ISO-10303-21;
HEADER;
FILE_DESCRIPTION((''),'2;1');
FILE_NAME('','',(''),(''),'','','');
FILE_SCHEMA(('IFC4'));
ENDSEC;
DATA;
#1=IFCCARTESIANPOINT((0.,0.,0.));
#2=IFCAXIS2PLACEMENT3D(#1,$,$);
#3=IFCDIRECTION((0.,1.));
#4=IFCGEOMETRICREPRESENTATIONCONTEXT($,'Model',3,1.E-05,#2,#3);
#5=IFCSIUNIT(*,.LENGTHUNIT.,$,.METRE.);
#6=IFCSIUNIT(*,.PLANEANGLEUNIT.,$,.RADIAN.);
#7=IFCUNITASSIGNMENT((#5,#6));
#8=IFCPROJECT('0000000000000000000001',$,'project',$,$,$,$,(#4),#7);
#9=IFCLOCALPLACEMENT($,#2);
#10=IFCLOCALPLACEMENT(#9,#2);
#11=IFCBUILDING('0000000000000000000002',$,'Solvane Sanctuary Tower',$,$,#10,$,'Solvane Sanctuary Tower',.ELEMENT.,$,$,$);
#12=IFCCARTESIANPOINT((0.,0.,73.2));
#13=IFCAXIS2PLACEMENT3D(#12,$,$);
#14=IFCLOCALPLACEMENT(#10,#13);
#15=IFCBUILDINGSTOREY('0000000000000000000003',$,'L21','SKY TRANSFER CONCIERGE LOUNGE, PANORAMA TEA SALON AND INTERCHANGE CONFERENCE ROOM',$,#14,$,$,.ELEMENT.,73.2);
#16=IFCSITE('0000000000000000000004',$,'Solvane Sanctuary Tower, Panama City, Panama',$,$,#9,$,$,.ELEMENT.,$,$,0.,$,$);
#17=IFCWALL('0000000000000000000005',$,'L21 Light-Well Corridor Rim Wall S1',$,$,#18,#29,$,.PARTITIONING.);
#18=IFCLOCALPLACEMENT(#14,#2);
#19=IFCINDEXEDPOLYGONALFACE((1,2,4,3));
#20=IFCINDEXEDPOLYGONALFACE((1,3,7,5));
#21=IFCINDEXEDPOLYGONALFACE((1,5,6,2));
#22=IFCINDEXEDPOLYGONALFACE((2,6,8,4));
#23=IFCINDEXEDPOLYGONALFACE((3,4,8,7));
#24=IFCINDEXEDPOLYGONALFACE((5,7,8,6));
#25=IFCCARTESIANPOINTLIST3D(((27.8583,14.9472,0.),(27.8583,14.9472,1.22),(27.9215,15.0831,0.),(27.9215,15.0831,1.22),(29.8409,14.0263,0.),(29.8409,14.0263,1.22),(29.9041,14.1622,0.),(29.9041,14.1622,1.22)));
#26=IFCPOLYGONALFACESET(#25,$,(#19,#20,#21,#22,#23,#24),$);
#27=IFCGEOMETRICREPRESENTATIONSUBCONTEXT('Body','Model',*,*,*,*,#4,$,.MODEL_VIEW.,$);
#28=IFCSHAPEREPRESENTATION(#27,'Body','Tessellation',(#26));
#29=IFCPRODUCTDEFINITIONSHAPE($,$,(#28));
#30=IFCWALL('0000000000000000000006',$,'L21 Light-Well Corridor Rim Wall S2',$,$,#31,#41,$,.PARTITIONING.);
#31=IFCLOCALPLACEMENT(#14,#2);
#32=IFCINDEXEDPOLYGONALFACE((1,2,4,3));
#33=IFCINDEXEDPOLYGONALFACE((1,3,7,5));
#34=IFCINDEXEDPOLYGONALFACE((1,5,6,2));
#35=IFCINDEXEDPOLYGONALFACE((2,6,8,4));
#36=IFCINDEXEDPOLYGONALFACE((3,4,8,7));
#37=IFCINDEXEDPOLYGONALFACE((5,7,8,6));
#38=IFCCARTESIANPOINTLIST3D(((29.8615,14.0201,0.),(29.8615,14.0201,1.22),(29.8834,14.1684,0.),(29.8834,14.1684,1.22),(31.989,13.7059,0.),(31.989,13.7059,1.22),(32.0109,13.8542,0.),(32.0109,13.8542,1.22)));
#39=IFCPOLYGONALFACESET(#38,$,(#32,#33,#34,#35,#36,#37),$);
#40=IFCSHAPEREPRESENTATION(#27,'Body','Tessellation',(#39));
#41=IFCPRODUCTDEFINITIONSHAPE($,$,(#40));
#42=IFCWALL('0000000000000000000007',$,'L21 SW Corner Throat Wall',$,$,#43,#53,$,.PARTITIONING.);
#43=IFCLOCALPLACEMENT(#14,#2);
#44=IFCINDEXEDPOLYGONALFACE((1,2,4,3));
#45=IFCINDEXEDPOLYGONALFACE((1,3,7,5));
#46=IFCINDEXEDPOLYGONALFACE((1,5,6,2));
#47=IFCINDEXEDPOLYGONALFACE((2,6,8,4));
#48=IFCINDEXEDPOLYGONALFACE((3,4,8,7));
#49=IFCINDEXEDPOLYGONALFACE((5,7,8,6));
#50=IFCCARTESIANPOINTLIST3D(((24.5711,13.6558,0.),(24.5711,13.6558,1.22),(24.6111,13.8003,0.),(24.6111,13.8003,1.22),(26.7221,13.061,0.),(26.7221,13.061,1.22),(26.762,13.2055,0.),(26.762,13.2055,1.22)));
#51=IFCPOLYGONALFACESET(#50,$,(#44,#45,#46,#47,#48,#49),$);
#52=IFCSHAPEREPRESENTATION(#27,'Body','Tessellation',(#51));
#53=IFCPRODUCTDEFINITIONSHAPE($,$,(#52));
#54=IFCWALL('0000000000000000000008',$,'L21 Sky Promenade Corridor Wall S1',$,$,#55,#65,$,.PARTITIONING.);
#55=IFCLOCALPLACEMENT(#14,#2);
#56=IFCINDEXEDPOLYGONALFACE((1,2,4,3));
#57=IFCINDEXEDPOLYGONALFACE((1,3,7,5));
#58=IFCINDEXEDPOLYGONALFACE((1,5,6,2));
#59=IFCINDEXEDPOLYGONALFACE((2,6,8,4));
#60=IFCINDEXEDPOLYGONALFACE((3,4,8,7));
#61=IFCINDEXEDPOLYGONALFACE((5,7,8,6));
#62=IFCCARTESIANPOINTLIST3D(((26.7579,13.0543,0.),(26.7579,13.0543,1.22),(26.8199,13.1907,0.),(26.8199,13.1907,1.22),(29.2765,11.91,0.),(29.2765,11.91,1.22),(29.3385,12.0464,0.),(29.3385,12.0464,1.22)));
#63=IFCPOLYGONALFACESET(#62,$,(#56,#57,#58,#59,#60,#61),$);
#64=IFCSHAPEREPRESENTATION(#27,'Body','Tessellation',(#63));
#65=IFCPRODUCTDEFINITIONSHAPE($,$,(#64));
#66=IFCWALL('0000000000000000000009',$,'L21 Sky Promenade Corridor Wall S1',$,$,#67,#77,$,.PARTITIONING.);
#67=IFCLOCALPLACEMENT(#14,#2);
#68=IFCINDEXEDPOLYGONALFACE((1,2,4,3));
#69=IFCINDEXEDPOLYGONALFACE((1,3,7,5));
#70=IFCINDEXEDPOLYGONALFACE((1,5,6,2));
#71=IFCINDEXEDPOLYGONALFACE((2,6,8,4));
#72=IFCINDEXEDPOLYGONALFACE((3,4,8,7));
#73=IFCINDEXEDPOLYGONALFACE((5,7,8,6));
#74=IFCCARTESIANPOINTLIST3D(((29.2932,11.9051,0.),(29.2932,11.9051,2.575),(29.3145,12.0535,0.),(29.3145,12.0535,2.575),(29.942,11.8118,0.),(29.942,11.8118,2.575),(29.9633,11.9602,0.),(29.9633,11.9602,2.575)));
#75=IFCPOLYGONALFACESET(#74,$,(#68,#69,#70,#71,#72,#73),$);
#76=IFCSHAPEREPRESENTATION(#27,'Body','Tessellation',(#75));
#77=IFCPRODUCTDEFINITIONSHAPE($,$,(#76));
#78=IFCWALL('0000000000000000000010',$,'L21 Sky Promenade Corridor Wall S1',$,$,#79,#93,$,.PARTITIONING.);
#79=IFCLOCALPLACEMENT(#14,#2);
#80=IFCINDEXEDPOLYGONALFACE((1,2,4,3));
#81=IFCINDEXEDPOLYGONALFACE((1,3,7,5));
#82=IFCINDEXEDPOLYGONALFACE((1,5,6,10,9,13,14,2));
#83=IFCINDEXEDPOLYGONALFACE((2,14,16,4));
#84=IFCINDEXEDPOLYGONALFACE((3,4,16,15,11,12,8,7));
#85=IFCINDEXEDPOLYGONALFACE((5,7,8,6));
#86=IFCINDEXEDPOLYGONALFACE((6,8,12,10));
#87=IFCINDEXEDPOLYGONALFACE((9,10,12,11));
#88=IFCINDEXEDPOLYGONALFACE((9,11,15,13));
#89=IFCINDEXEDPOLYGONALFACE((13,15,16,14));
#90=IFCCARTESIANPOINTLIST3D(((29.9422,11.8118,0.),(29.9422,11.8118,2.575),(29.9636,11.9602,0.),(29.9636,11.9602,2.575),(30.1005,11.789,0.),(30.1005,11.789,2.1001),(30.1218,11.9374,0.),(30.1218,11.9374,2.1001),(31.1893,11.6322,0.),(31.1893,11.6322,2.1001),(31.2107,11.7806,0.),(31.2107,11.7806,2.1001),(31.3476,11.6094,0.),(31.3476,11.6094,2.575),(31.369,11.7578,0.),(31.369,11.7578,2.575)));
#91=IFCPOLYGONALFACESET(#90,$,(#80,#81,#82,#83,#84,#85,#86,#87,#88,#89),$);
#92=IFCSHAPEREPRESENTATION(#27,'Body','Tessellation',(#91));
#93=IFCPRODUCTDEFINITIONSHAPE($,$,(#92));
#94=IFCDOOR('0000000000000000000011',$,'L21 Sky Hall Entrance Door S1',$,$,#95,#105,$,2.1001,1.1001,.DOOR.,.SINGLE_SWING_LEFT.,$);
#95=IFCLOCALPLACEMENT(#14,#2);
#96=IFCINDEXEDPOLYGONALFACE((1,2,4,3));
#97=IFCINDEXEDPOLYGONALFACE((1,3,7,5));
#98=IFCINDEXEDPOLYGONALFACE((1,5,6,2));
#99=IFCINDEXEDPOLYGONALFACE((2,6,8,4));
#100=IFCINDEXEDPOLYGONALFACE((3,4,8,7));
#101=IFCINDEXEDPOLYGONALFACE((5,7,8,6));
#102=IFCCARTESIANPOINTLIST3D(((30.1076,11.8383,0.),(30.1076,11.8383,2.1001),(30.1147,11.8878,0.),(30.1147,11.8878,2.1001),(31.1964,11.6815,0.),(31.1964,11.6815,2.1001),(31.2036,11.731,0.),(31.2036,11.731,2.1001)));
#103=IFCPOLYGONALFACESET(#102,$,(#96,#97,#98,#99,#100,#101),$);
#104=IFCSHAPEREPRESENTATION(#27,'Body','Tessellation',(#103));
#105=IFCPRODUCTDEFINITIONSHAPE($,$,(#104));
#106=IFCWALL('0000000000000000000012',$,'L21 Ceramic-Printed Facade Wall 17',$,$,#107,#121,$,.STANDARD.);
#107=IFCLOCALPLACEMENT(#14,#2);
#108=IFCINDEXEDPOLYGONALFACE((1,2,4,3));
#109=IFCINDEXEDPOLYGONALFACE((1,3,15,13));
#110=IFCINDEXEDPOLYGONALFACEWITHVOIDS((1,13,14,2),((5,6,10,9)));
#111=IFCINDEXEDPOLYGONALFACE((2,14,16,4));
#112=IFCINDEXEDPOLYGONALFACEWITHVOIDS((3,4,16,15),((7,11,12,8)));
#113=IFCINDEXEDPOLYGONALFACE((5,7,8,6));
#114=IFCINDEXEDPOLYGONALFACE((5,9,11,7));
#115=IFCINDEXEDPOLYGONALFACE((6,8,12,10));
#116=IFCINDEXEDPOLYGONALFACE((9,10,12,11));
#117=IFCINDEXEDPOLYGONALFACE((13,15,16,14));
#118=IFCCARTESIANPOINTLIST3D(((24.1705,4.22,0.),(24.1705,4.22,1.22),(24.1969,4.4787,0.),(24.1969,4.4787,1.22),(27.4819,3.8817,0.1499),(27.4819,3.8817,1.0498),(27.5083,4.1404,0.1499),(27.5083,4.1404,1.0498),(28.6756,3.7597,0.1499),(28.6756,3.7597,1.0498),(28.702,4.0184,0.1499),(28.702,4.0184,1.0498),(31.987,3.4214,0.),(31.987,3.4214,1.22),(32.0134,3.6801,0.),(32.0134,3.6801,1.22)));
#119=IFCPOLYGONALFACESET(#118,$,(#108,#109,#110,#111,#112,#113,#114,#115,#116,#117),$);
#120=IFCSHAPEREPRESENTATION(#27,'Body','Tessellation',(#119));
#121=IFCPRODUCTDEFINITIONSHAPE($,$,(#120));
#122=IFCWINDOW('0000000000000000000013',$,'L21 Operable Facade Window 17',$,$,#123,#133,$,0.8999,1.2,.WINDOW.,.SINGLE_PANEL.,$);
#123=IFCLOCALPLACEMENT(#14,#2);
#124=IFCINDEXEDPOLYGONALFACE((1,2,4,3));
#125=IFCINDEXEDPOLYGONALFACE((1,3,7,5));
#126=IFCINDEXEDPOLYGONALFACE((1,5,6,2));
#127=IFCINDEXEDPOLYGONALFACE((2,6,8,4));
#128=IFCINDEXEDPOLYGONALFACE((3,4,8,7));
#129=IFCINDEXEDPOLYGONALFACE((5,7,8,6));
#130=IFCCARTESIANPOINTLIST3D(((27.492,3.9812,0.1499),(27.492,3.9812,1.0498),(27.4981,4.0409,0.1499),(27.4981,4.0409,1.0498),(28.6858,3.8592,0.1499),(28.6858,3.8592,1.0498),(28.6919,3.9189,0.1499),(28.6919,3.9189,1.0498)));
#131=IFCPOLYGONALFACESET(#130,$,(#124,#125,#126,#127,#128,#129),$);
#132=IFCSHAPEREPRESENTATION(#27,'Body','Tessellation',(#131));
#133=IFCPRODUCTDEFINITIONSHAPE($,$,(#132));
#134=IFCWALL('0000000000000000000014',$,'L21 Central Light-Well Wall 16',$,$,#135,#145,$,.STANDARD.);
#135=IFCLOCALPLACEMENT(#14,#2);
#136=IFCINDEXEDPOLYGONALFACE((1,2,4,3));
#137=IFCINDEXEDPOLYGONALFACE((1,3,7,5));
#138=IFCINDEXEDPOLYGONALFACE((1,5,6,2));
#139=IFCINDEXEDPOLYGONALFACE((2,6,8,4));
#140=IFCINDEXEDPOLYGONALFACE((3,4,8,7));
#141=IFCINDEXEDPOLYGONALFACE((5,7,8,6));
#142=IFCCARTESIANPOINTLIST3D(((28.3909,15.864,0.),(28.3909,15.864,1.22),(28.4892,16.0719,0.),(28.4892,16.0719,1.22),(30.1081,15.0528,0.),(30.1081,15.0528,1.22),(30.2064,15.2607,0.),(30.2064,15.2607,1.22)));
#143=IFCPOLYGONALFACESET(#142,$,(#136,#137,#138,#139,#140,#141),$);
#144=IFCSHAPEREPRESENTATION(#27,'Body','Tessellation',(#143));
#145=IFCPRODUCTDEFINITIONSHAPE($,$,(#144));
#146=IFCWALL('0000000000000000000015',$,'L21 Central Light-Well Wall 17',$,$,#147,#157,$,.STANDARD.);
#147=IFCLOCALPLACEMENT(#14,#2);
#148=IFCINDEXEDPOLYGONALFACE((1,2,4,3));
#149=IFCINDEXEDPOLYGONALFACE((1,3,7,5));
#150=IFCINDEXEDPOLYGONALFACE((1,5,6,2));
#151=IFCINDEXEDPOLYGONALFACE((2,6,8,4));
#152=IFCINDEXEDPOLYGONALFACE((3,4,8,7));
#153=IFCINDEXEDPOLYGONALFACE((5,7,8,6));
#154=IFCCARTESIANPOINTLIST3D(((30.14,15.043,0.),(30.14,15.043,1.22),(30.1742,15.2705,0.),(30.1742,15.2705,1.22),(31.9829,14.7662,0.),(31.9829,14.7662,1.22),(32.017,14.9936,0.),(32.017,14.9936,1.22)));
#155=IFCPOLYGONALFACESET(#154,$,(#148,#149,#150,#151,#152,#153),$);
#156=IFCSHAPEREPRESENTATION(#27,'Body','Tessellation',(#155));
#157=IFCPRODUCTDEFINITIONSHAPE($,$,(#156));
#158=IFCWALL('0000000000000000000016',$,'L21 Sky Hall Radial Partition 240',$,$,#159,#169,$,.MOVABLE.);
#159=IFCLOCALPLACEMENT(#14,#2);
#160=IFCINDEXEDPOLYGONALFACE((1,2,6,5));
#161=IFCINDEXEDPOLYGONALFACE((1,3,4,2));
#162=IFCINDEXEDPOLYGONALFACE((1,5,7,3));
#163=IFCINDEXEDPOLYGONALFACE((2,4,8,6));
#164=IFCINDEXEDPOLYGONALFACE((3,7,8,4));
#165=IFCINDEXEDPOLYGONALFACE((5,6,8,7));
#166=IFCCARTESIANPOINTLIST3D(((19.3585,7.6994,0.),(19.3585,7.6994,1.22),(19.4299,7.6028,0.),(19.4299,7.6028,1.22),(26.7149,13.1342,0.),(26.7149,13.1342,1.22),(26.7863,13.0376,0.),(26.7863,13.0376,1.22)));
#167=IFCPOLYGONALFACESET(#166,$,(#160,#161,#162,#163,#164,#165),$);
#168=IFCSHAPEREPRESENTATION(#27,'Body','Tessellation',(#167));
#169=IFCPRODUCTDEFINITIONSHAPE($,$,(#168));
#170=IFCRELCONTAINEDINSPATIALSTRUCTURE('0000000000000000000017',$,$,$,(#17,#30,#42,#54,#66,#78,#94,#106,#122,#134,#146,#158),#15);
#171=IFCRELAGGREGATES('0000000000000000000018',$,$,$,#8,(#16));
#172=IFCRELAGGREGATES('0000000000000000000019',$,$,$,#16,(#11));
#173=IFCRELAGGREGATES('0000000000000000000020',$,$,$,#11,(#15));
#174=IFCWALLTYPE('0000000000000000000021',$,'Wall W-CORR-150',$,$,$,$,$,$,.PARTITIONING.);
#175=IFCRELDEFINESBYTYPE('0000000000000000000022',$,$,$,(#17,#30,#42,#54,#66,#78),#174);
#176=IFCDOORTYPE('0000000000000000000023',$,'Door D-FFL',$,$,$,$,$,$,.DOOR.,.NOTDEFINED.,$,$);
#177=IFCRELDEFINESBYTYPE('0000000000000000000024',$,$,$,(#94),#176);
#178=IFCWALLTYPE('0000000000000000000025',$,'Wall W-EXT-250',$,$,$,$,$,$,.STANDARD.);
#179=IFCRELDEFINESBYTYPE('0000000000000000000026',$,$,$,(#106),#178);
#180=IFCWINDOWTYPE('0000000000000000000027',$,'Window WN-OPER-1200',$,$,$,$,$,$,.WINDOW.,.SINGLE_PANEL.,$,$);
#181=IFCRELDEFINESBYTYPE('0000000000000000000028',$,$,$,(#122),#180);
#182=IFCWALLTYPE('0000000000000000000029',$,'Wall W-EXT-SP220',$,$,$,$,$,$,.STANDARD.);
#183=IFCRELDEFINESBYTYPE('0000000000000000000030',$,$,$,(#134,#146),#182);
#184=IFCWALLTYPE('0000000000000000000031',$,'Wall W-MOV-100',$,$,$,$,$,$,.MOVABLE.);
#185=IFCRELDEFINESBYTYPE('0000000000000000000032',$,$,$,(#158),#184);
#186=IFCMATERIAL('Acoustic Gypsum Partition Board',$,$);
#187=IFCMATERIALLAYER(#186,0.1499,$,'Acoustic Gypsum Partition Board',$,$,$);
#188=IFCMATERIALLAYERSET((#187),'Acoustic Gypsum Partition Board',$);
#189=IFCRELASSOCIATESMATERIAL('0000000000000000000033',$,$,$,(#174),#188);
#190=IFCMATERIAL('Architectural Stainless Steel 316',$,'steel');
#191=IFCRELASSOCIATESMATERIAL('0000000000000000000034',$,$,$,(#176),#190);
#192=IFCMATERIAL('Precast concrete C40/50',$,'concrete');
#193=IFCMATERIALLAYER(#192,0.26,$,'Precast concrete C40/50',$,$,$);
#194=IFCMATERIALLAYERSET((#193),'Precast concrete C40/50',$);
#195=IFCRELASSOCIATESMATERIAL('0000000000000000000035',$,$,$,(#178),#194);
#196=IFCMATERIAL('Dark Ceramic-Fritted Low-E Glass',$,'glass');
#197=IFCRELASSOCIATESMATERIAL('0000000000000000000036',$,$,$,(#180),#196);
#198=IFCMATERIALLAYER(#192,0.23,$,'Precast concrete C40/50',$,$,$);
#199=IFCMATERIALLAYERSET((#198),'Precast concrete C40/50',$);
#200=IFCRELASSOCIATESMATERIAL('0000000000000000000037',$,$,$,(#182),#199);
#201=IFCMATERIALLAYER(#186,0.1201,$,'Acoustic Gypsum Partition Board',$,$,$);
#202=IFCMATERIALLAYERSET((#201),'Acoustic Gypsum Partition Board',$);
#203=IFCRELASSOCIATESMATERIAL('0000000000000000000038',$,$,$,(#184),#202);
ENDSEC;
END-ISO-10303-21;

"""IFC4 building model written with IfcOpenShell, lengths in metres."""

from ifc_helpers import new_model, si_unit, direction, frame, frame_2d, origin, place, context, subcontext, project, spatial, rectangle, extrude, material, layer, layer_set, type_object, element, fill, save


model = new_model("IFC4")

# Units and contexts
model_context = context("Model", 3, precision=1e-05, world=origin(), true_north=direction((0.0, 1.0)))
body_context = subcontext(model_context, "Body", "Model", "MODEL_VIEW")
ifc_project = project(units=[si_unit("LENGTHUNIT", "METRE"), si_unit("PLANEANGLEUNIT", "RADIAN")], contexts=[model_context])

# Site, building, storey
site_placement = place(None, origin())
site = spatial("IfcSite", under=ifc_project, at=site_placement, Name="Solvane Sanctuary Tower, Panama City, Panama", CompositionType="ELEMENT", RefElevation=0.0)
building_placement = place(site_placement, origin())
building = spatial("IfcBuilding", under=site, at=building_placement, Name="Solvane Sanctuary Tower", LongName="Solvane Sanctuary Tower", CompositionType="ELEMENT")
storey_placement = place(building_placement, frame((0.0, 0.0, 73.2)))
storey = spatial("IfcBuildingStorey", under=building, at=storey_placement, Name="L21", Description="SKY TRANSFER CONCIERGE LOUNGE, PANORAMA TEA SALON AND INTERCHANGE CONFERENCE ROOM", CompositionType="ELEMENT", Elevation=73.2)

# Walls
ifc_material_1 = material(Name="Acoustic Gypsum Partition Board")
ifc_layer_1 = layer(ifc_material_1, 0.1499, Name="Acoustic Gypsum Partition Board")
ifc_layer_set_1 = layer_set([ifc_layer_1], Name="Acoustic Gypsum Partition Board")
wall_type_1 = type_object("IfcWallType", Name="Wall W-CORR-150", PredefinedType="PARTITIONING", material=ifc_layer_set_1)
wall_1_placement = place(storey_placement, frame((27.8899, 15.0151, 0.0), z_axis=(0.0, 0.0, 1.0), x_axis=(0.906943, -0.421252, 0.0)))
element("IfcWall", 1, at=wall_1_placement, inside=storey, type_object=wall_type_1, Name="L21 Light-Well Corridor Rim Wall S1", PredefinedType="PARTITIONING", context=body_context, shape_type="SweptSolid", body=[
    extrude(rectangle(XDim=2.186, YDim=0.1499, at=frame_2d((1.093, 0.0))), origin(), (0.0, 0.0, 1.0), 1.22),
])
wall_2_placement = place(storey_placement, frame((29.8726, 14.0942, 0.0), z_axis=(0.0, 0.0, 1.0), x_axis=(0.989269, -0.146108, 0.0)))
element("IfcWall", 2, at=wall_2_placement, inside=storey, type_object=wall_type_1, Name="L21 Light-Well Corridor Rim Wall S2", PredefinedType="PARTITIONING", context=body_context, shape_type="SweptSolid", body=[
    extrude(rectangle(XDim=2.1506, YDim=0.1499, at=frame_2d((1.0752, 0.0))), origin(), (0.0, 0.0, 1.0), 1.22),
])
wall_3_placement = place(storey_placement, frame((26.7419, 13.1333, 0.0), z_axis=(0.0, 0.0, 1.0), x_axis=(-0.963834, 0.266504, 0.0)))
element("IfcWall", 3, at=wall_3_placement, inside=storey, type_object=wall_type_1, Name="L21 SW Corner Throat Wall", PredefinedType="PARTITIONING", context=body_context, shape_type="SweptSolid", body=[
    extrude(rectangle(XDim=2.2317, YDim=0.1499, at=frame_2d((1.1157, 0.0))), origin(), (0.0, 0.0, 1.0), 1.22),
])
wall_4_placement = place(storey_placement, frame((26.7888, 13.1226, 0.0), z_axis=(0.0, 0.0, 1.0), x_axis=(0.910436, -0.41365, 0.0)))
element("IfcWall", 4, at=wall_4_placement, inside=storey, type_object=wall_type_1, Name="L21 Sky Promenade Corridor Wall S1", PredefinedType="PARTITIONING", context=body_context, shape_type="SweptSolid", body=[
    extrude(rectangle(XDim=2.7664, YDim=0.1499, at=frame_2d((1.3833, 0.0))), origin(), (0.0, 0.0, 1.0), 1.22),
])
wall_5_placement = place(storey_placement, frame((29.304, 11.9792, 0.0), z_axis=(0.0, 0.0, 1.0), x_axis=(0.98983, -0.142255, 0.0)))
element("IfcWall", 5, at=wall_5_placement, inside=storey, type_object=wall_type_1, Name="L21 Sky Promenade Corridor Wall S1", PredefinedType="PARTITIONING", context=body_context, shape_type="SweptSolid", body=[
    extrude(rectangle(XDim=0.6555, YDim=0.1499, at=frame_2d((0.3276, 0.0))), origin(), (0.0, 0.0, 1.0), 2.575),
])

# Wall, opening, door
wall_6_placement = place(storey_placement, frame((29.9529, 11.886, 0.0), z_axis=(0.0, 0.0, 1.0), x_axis=(0.989791, -0.142528, 0.0)))
wall_6 = element("IfcWall", 6, at=wall_6_placement, inside=storey, type_object=wall_type_1, Name="L21 Sky Promenade Corridor Wall S1", PredefinedType="PARTITIONING", context=body_context, shape_type="SweptSolid", body=[
    extrude(rectangle(XDim=1.4199, YDim=0.1499, at=frame_2d((0.71, 0.0))), origin(), (0.0, 0.0, 1.0), 2.575),
])
opening_1_placement = place(wall_6_placement, frame((0.1599, 0.0, 0.0)))
opening_1 = element("IfcOpeningElement", 7, at=opening_1_placement, cuts=wall_6, PredefinedType="OPENING", context=body_context, shape_type="SweptSolid", body=[
    extrude(rectangle(XDim=1.1001, YDim=2.1001, at=frame_2d((0.55, 1.05))), frame((0.0, 0.085, 0.0), z_axis=(0.0, -1.0, 0.0), x_axis=(1.0, 0.0, 0.0)), (0.0, 0.0, 1.0), 0.1699),
])
ifc_material_2 = material(Name="Architectural Stainless Steel 316", Category="steel")
door_type = type_object("IfcDoorType", Name="Door D-FFL", OperationType="NOTDEFINED", PredefinedType="DOOR", material=ifc_material_2)
door_placement = place(opening_1_placement, origin())
door = element("IfcDoor", 8, at=door_placement, inside=storey, type_object=door_type, Name="L21 Sky Hall Entrance Door S1", OperationType="SINGLE_SWING_LEFT", OverallHeight=2.1001, OverallWidth=1.1001, PredefinedType="DOOR", context=body_context, shape_type="SweptSolid", body=[
    extrude(rectangle(XDim=1.1001, YDim=2.1001, at=frame_2d((0.55, 1.05))), frame((0.0, 0.0249, 0.0), z_axis=(0.0, -1.0, 0.0), x_axis=(1.0, 0.0, 0.0)), (0.0, 0.0, 1.0), 0.05),
])
fill(opening_1, door)

# Wall, opening, window
ifc_material_3 = material(Name="Precast concrete C40/50", Category="concrete")
ifc_layer_2 = layer(ifc_material_3, 0.26, Name="Precast concrete C40/50")
ifc_layer_set_2 = layer_set([ifc_layer_2], Name="Precast concrete C40/50")
wall_type_2 = type_object("IfcWallType", Name="Wall W-EXT-250", PredefinedType="STANDARD", material=ifc_layer_set_2)
wall_7_placement = place(storey_placement, frame((24.1836, 4.3494, 0.0), z_axis=(0.0, 0.0, 1.0), x_axis=(0.994821, -0.101639, 0.0)))
wall_7 = element("IfcWall", 9, at=wall_7_placement, inside=storey, type_object=wall_type_2, Name="L21 Ceramic-Printed Facade Wall 17", PredefinedType="STANDARD", context=body_context, shape_type="SweptSolid", body=[
    extrude(rectangle(XDim=7.8572, YDim=0.26, at=frame_2d((3.9287, 0.0))), origin(), (0.0, 0.0, 1.0), 1.22),
])
opening_2_placement = place(wall_7_placement, frame((3.3286, 0.0, 0.1499)))
opening_2 = element("IfcOpeningElement", 10, at=opening_2_placement, cuts=wall_7, PredefinedType="OPENING", context=body_context, shape_type="SweptSolid", body=[
    extrude(rectangle(XDim=1.2, YDim=0.8999, at=frame_2d((0.6001, 0.45))), frame((0.0, 0.1399, 0.0), z_axis=(0.0, -1.0, 0.0), x_axis=(1.0, 0.0, 0.0)), (0.0, 0.0, 1.0), 0.28),
])
ifc_material_4 = material(Name="Dark Ceramic-Fritted Low-E Glass", Category="glass")
window_type = type_object("IfcWindowType", Name="Window WN-OPER-1200", PartitioningType="SINGLE_PANEL", PredefinedType="WINDOW", material=ifc_material_4)
window_placement = place(opening_2_placement, origin())
window = element("IfcWindow", 11, at=window_placement, inside=storey, type_object=window_type, Name="L21 Operable Facade Window 17", OverallHeight=0.8999, OverallWidth=1.2, PartitioningType="SINGLE_PANEL", PredefinedType="WINDOW", context=body_context, shape_type="SweptSolid", body=[
    extrude(rectangle(XDim=1.2, YDim=0.8999, at=frame_2d((0.6001, 0.45))), frame((0.0, 0.03, 0.0), z_axis=(0.0, -1.0, 0.0), x_axis=(1.0, 0.0, 0.0)), (0.0, 0.0, 1.0), 0.0601),
])
fill(opening_2, window)

# Walls
ifc_layer_3 = layer(ifc_material_3, 0.23, Name="Precast concrete C40/50")
ifc_layer_set_3 = layer_set([ifc_layer_3], Name="Precast concrete C40/50")
wall_type_3 = type_object("IfcWallType", Name="Wall W-EXT-SP220", PredefinedType="STANDARD", material=ifc_layer_set_3)
wall_8_placement = place(storey_placement, frame((28.4399, 15.968, 0.0), z_axis=(0.0, 0.0, 1.0), x_axis=(0.90418, -0.427152, 0.0)))
element("IfcWall", 12, at=wall_8_placement, inside=storey, type_object=wall_type_3, Name="L21 Central Light-Well Wall 16", PredefinedType="STANDARD", context=body_context, shape_type="SweptSolid", body=[
    extrude(rectangle(XDim=1.8992, YDim=0.23, at=frame_2d((0.9497, 0.0))), origin(), (0.0, 0.0, 1.0), 1.22),
])
wall_9_placement = place(storey_placement, frame((30.1572, 15.1567, 0.0), z_axis=(0.0, 0.0, 1.0), x_axis=(0.988902, -0.148571, 0.0)))
element("IfcWall", 13, at=wall_9_placement, inside=storey, type_object=wall_type_3, Name="L21 Central Light-Well Wall 17", PredefinedType="STANDARD", context=body_context, shape_type="SweptSolid", body=[
    extrude(rectangle(XDim=1.8635, YDim=0.23, at=frame_2d((0.9316, 0.0))), origin(), (0.0, 0.0, 1.0), 1.22),
])
ifc_layer_4 = layer(ifc_material_1, 0.1201, Name="Acoustic Gypsum Partition Board")
ifc_layer_set_4 = layer_set([ifc_layer_4], Name="Acoustic Gypsum Partition Board")
wall_type_4 = type_object("IfcWallType", Name="Wall W-MOV-100", PredefinedType="MOVABLE", material=ifc_layer_set_4)
wall_10_placement = place(storey_placement, frame((26.7507, 13.0859, 0.0), z_axis=(0.0, 0.0, 1.0), x_axis=(-0.80431, -0.59421, 0.0)))
element("IfcWall", 14, at=wall_10_placement, inside=storey, type_object=wall_type_4, Name="L21 Sky Hall Radial Partition 240", PredefinedType="MOVABLE", context=body_context, shape_type="SweptSolid", body=[
    extrude(rectangle(XDim=9.1462, YDim=0.1201, at=frame_2d((4.5732, 0.0))), origin(), (0.0, 0.0, 1.0), 1.22),
])

save(model, "model.ifc")
